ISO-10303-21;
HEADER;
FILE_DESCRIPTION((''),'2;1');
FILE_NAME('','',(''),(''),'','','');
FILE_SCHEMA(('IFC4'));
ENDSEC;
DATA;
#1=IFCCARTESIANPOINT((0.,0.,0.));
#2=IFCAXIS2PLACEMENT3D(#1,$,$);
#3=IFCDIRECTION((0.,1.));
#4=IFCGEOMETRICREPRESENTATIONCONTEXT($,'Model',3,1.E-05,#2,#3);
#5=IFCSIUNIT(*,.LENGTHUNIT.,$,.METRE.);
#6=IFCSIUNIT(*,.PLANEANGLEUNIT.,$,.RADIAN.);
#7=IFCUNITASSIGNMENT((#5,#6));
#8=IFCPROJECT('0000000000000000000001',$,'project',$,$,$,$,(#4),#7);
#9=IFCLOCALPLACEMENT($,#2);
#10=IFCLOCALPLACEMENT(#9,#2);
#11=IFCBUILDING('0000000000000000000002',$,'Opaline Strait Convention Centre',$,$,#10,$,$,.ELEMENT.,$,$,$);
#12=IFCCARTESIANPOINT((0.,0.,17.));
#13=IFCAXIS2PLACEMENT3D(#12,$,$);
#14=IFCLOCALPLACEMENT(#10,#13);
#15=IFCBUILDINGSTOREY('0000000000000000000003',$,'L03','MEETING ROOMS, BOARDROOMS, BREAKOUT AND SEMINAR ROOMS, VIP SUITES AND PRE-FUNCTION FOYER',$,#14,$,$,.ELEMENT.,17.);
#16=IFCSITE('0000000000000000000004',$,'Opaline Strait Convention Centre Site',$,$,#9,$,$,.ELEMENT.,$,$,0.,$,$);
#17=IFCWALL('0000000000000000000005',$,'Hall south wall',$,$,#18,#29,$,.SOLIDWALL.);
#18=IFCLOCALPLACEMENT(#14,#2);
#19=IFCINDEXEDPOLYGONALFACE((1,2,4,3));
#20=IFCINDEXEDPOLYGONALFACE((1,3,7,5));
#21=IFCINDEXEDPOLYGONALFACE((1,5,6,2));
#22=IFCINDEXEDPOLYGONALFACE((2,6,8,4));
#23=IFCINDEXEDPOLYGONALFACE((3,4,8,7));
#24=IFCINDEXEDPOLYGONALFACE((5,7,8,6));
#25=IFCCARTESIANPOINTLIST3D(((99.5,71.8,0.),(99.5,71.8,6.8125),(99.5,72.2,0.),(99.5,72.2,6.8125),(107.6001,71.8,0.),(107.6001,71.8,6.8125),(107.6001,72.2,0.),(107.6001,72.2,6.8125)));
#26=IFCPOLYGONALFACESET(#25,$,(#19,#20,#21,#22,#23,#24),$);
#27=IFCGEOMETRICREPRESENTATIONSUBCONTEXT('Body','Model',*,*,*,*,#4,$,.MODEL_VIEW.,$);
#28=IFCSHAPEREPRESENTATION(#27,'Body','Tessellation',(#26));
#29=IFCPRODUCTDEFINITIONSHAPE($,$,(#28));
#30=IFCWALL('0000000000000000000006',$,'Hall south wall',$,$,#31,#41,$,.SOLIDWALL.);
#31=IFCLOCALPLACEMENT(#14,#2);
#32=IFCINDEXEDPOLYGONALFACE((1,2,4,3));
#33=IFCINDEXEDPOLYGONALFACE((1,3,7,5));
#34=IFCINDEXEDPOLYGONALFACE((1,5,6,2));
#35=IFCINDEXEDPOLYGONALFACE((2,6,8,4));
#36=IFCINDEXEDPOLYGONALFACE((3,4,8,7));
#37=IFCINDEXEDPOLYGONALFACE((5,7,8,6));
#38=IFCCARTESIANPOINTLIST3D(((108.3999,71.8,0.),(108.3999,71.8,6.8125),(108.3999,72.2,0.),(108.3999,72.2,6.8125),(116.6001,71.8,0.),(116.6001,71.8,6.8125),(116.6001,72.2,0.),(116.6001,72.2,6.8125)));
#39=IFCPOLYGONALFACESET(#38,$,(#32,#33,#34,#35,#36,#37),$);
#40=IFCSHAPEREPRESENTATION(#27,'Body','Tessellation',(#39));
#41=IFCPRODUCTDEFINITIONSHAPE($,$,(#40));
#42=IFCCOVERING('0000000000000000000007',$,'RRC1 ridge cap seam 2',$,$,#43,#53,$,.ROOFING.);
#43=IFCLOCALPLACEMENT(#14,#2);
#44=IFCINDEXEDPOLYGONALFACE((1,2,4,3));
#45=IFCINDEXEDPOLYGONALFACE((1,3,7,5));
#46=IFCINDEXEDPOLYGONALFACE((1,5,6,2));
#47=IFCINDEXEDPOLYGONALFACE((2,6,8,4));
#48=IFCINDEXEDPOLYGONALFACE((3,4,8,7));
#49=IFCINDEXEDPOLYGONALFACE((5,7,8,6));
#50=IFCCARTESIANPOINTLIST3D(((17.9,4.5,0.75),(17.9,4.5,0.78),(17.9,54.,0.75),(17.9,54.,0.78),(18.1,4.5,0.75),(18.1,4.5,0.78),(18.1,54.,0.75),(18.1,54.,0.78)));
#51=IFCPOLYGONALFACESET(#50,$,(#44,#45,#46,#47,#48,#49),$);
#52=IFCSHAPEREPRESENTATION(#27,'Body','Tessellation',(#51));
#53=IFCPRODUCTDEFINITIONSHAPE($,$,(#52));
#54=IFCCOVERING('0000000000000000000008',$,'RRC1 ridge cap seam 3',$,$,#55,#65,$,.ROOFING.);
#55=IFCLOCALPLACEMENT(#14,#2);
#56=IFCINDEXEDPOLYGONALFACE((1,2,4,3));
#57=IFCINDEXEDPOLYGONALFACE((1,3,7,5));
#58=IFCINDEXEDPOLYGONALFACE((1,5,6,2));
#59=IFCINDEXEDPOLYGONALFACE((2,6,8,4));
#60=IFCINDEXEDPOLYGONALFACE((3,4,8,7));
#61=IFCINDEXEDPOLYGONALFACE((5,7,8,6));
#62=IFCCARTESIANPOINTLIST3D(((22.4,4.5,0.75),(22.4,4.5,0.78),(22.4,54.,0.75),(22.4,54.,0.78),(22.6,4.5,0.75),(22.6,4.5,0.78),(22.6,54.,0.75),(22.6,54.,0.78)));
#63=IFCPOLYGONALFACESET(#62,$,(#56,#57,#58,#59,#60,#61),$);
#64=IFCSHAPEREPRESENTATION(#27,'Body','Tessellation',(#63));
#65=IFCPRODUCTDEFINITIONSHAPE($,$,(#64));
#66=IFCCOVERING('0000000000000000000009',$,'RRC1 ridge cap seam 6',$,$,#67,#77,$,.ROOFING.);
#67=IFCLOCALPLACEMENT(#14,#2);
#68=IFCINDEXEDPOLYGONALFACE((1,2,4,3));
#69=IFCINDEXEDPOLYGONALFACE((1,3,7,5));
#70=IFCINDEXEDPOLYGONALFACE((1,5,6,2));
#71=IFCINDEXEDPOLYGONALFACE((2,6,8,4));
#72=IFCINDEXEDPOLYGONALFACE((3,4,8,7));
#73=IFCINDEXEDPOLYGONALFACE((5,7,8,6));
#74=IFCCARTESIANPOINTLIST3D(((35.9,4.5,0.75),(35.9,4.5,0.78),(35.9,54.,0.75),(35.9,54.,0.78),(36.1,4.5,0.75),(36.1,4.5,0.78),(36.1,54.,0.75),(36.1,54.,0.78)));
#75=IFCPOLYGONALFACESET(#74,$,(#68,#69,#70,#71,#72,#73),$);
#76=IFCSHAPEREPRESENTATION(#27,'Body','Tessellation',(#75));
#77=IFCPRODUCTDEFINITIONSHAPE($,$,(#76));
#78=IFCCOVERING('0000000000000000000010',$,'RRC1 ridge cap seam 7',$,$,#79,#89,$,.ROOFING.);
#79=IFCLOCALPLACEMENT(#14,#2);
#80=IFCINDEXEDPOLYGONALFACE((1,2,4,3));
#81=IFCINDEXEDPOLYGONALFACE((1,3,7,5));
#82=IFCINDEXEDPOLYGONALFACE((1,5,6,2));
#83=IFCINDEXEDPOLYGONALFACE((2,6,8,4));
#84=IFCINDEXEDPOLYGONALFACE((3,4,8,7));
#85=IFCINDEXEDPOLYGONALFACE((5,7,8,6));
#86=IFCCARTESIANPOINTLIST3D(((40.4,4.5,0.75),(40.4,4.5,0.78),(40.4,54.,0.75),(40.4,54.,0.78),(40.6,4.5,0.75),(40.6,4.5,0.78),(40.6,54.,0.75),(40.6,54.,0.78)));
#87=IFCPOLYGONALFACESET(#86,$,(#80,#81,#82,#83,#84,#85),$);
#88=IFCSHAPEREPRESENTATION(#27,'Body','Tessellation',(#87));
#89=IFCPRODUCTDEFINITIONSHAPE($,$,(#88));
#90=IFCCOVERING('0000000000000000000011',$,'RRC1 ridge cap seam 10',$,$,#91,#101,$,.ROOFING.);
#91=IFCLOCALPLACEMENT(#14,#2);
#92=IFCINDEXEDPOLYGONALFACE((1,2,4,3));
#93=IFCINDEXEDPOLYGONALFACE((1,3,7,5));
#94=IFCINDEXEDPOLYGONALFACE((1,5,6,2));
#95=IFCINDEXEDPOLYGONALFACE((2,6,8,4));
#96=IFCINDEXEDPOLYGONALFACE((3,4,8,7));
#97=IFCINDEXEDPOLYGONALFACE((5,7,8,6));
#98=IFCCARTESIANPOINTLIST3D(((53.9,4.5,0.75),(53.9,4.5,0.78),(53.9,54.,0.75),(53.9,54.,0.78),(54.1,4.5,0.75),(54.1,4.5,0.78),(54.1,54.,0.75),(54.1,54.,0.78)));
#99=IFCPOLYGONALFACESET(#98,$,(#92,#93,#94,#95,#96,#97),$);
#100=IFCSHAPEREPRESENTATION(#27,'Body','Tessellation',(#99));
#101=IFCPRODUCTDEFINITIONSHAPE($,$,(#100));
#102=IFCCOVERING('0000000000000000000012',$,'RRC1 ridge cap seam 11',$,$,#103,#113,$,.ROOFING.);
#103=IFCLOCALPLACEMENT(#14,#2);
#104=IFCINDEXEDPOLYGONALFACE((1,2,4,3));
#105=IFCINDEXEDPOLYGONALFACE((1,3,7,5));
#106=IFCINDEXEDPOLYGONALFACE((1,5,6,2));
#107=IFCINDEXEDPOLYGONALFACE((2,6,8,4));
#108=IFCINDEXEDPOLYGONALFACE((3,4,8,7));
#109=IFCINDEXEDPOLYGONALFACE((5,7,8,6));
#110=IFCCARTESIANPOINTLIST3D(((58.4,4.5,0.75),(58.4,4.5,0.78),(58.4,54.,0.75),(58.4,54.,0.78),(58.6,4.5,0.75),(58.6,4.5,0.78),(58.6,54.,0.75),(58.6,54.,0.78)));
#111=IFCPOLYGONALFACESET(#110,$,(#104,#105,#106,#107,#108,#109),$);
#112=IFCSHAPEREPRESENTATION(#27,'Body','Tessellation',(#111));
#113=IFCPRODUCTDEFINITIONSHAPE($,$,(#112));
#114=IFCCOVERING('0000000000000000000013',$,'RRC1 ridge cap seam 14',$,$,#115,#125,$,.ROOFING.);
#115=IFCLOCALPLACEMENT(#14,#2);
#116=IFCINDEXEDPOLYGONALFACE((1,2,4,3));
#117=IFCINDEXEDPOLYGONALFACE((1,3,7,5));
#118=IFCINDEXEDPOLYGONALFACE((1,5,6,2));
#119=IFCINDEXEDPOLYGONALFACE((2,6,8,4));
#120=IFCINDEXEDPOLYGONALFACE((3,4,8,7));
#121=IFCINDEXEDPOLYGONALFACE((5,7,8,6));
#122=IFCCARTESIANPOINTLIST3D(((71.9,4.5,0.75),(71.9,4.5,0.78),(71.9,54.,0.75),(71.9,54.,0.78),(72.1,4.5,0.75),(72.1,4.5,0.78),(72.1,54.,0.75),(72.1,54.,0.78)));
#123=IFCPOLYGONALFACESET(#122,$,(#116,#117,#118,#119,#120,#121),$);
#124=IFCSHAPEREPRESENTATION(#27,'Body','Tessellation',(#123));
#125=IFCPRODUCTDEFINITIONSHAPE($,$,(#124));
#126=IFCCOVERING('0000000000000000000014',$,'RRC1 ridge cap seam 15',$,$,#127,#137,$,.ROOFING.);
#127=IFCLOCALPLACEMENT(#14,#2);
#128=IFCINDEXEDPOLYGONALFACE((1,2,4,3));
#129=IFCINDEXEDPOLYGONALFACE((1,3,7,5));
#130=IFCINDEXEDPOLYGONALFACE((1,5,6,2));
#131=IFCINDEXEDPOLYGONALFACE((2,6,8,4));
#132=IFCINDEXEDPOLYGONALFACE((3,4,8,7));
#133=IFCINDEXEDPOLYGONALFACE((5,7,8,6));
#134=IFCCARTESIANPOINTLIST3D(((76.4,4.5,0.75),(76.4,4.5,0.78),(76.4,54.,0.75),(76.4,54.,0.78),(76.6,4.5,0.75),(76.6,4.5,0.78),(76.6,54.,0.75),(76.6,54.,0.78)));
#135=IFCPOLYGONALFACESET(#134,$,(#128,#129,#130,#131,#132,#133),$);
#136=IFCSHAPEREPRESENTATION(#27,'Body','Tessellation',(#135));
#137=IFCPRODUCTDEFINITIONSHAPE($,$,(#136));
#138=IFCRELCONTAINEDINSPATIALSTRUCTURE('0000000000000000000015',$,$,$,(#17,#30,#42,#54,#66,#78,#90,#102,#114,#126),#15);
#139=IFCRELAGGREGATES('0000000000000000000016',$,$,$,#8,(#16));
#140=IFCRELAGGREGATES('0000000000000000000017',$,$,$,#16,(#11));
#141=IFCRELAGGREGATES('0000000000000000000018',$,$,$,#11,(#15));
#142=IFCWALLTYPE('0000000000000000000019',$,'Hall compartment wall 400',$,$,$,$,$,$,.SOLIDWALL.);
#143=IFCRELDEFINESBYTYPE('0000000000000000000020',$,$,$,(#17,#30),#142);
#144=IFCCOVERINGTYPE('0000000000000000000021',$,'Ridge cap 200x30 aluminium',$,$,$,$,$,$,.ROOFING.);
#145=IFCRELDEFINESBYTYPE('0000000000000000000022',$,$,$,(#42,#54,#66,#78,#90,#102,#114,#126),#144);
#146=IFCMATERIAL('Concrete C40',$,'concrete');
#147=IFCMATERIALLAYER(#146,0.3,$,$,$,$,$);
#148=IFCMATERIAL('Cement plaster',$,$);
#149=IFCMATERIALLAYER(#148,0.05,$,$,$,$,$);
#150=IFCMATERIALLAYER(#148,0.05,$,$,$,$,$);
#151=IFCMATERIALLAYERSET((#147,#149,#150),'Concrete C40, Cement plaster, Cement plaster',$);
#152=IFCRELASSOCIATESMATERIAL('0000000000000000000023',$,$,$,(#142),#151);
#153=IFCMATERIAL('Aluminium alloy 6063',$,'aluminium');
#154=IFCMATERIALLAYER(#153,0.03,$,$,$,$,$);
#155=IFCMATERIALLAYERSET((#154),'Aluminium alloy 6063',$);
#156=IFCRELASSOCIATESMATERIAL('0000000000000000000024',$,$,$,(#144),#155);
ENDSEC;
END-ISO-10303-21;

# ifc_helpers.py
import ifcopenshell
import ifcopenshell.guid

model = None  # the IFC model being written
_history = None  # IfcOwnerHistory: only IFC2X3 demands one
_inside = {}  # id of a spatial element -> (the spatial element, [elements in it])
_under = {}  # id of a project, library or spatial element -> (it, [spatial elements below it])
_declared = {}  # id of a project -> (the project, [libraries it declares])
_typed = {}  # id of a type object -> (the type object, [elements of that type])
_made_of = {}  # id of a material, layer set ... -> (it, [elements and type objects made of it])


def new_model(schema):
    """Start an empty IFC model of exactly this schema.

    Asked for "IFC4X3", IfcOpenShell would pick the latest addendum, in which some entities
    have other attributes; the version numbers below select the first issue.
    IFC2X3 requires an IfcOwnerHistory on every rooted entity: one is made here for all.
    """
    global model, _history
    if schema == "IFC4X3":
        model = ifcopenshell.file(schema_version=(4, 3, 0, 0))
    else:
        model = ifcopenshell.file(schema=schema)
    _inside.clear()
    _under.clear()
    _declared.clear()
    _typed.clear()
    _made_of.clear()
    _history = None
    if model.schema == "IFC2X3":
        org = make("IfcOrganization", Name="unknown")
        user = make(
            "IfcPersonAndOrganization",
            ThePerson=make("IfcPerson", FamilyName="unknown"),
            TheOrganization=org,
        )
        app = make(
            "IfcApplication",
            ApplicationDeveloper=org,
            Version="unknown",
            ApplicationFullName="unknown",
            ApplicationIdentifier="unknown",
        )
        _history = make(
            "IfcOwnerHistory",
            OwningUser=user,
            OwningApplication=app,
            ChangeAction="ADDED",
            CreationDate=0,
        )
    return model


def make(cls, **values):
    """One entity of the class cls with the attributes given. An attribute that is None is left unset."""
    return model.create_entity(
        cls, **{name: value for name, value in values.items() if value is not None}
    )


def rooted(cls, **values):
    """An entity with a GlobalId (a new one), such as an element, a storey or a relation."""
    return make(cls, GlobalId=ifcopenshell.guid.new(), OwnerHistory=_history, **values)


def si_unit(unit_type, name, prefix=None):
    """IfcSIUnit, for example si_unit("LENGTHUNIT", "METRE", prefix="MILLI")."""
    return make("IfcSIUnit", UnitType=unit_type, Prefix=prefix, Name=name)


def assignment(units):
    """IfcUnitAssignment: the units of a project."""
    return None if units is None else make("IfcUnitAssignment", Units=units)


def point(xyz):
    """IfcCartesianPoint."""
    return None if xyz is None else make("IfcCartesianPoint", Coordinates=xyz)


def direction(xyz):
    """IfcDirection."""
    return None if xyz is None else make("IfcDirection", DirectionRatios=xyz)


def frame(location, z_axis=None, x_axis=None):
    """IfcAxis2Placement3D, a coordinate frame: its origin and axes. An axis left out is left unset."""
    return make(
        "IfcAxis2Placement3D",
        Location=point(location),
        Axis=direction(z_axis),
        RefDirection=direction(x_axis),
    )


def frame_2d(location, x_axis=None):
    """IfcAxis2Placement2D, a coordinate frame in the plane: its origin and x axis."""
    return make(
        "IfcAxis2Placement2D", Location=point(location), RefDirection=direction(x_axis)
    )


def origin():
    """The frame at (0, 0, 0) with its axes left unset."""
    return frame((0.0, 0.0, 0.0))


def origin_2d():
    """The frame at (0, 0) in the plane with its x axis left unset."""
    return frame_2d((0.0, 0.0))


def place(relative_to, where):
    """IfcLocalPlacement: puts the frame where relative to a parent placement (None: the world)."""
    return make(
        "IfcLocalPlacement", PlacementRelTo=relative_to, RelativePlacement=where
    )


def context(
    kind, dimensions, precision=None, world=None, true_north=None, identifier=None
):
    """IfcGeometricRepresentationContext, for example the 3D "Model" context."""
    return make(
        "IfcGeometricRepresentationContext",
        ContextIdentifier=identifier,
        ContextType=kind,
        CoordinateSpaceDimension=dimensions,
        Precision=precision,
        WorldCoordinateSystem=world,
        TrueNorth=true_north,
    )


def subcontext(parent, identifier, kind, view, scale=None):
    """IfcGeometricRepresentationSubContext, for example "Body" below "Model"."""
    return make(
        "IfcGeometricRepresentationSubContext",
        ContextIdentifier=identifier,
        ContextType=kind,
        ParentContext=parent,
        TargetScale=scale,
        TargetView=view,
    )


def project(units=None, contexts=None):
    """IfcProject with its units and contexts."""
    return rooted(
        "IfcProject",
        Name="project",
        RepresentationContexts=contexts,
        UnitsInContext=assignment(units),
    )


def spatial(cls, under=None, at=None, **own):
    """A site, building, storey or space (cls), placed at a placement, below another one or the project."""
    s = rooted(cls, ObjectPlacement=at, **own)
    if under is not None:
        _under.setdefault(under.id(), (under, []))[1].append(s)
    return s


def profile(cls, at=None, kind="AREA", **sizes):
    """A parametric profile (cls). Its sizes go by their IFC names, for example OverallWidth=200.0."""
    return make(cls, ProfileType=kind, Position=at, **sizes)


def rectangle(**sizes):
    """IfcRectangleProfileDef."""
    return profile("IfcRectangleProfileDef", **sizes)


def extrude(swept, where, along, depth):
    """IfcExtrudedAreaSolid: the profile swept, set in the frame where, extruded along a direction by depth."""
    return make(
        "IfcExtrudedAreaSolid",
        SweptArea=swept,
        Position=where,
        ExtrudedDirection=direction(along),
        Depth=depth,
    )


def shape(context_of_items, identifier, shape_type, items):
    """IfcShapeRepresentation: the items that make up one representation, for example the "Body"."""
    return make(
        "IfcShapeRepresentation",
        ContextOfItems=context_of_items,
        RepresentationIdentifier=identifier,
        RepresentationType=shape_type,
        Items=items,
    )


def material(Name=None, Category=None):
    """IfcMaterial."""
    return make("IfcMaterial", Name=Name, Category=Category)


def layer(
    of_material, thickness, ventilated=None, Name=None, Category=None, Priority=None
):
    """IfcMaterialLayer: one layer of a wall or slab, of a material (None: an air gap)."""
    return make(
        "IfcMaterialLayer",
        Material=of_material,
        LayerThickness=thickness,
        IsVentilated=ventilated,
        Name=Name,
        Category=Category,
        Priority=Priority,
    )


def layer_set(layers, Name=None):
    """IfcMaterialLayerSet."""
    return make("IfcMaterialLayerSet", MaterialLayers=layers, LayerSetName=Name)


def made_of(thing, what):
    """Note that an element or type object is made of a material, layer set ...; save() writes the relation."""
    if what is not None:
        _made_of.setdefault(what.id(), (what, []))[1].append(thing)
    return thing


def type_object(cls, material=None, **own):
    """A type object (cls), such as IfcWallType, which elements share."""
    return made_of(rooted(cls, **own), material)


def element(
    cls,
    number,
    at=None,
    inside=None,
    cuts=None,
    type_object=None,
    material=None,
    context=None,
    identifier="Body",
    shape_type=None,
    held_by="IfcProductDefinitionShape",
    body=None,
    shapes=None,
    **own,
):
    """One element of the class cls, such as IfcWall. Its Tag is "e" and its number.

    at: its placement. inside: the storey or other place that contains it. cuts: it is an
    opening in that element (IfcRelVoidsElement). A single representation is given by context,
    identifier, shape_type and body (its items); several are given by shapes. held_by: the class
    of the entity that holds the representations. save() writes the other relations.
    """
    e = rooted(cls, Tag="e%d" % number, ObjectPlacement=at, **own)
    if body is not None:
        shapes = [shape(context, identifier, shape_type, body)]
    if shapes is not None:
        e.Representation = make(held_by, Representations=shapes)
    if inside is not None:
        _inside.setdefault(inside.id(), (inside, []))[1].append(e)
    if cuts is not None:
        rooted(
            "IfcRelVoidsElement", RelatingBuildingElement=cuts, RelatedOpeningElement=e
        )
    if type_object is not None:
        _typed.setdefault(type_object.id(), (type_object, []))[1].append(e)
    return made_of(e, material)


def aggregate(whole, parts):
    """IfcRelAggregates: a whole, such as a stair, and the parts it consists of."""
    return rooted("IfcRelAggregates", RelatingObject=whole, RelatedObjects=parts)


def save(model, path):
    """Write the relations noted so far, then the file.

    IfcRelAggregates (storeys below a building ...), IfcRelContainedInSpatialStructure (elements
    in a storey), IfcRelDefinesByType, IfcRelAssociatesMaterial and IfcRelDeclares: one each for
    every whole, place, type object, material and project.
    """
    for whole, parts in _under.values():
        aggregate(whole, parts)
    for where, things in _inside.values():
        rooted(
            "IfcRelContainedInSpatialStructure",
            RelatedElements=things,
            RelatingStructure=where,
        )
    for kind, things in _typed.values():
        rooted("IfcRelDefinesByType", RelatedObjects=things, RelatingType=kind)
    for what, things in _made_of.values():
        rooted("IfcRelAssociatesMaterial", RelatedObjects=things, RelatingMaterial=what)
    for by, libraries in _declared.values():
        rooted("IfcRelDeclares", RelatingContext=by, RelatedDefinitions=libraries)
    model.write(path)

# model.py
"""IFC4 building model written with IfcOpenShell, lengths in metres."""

from ifc_helpers import new_model, si_unit, direction, frame, frame_2d, origin, origin_2d, place, context, subcontext, project, spatial, rectangle, extrude, material, layer, layer_set, type_object, element, save


model = new_model("IFC4")

# Units and contexts
model_context = context("Model", 3, precision=1e-05, world=origin(), true_north=direction((0.0, 1.0)))
body_context = subcontext(model_context, "Body", "Model", "MODEL_VIEW")
ifc_project = project(units=[si_unit("LENGTHUNIT", "METRE"), si_unit("PLANEANGLEUNIT", "RADIAN")], contexts=[model_context])

# Site, building, storey
site_placement = place(None, origin())
site = spatial("IfcSite", under=ifc_project, at=site_placement, Name="Opaline Strait Convention Centre Site", CompositionType="ELEMENT", RefElevation=0.0)
building_placement = place(site_placement, origin())
building = spatial("IfcBuilding", under=site, at=building_placement, Name="Opaline Strait Convention Centre", CompositionType="ELEMENT")
storey_placement = place(building_placement, frame((0.0, 0.0, 17.0)))
storey = spatial("IfcBuildingStorey", under=building, at=storey_placement, Name="L03", Description="MEETING ROOMS, BOARDROOMS, BREAKOUT AND SEMINAR ROOMS, VIP SUITES AND PRE-FUNCTION FOYER", CompositionType="ELEMENT", Elevation=17.0)

# Walls
ifc_material_1 = material(Name="Concrete C40", Category="concrete")
ifc_layer_1 = layer(ifc_material_1, 0.3)
ifc_material_2 = material(Name="Cement plaster")
ifc_layer_2 = layer(ifc_material_2, 0.05)
ifc_layer_3 = layer(ifc_material_2, 0.05)
ifc_layer_set_1 = layer_set([ifc_layer_1, ifc_layer_2, ifc_layer_3], Name="Concrete C40, Cement plaster, Cement plaster")
wall_type_1 = type_object("IfcWallType", Name="Hall compartment wall 400", PredefinedType="SOLIDWALL", material=ifc_layer_set_1)
wall_1_placement = place(storey_placement, frame((99.5, 72.0, 0.0), z_axis=(0.0, 0.0, 1.0), x_axis=(1.0, 0.0, 0.0)))
element("IfcWall", 1, at=wall_1_placement, inside=storey, type_object=wall_type_1, Name="Hall south wall", PredefinedType="SOLIDWALL", context=body_context, shape_type="SweptSolid", body=[
    extrude(rectangle(XDim=8.1001, YDim=0.3999, at=frame_2d((4.05, 0.0))), origin(), (0.0, 0.0, 1.0), 6.8125),
])
wall_2_placement = place(storey_placement, frame((108.3999, 72.0, 0.0), z_axis=(0.0, 0.0, 1.0), x_axis=(1.0, 0.0, 0.0)))
element("IfcWall", 2, at=wall_2_placement, inside=storey, type_object=wall_type_1, Name="Hall south wall", PredefinedType="SOLIDWALL", context=body_context, shape_type="SweptSolid", body=[
    extrude(rectangle(XDim=8.2002, YDim=0.3999, at=frame_2d((4.1001, 0.0))), origin(), (0.0, 0.0, 1.0), 6.8125),
])

# Coverings
ifc_material_3 = material(Name="Aluminium alloy 6063", Category="aluminium")
ifc_layer_4 = layer(ifc_material_3, 0.03)
ifc_layer_set_2 = layer_set([ifc_layer_4], Name="Aluminium alloy 6063")
covering_type = type_object("IfcCoveringType", Name="Ridge cap 200x30 aluminium", PredefinedType="ROOFING", material=ifc_layer_set_2)
for number, where, z_axis, x_axis, name in (
    (3, (18.0, 29.25, 0.75), (0.0, 0.0, 1.0), (1.0, 0.0, 0.0), "RRC1 ridge cap seam 2"),
    (4, (22.5, 29.25, 0.75), (0.0, 0.0, 1.0), (1.0, 0.0, 0.0), "RRC1 ridge cap seam 3"),
    (5, (36.0, 29.25, 0.75), (0.0, 0.0, 1.0), (1.0, 0.0, 0.0), "RRC1 ridge cap seam 6"),
    (6, (40.5, 29.25, 0.75), (0.0, 0.0, 1.0), (1.0, 0.0, 0.0), "RRC1 ridge cap seam 7"),
    (7, (54.0, 29.25, 0.75), (0.0, 0.0, 1.0), (1.0, 0.0, 0.0), "RRC1 ridge cap seam 10"),
    (8, (58.5, 29.25, 0.75), (0.0, 0.0, 1.0), (1.0, 0.0, 0.0), "RRC1 ridge cap seam 11"),
    (9, (72.0, 29.25, 0.75), (0.0, 0.0, 1.0), (1.0, 0.0, 0.0), "RRC1 ridge cap seam 14"),
    (10, (76.5, 29.25, 0.75), (0.0, 0.0, 1.0), (1.0, 0.0, 0.0), "RRC1 ridge cap seam 15"),
):
    element("IfcCovering", number, at=place(storey_placement, frame(where, z_axis=z_axis, x_axis=x_axis)), inside=storey, type_object=covering_type, Name=name, PredefinedType="ROOFING", context=body_context, shape_type="SweptSolid", body=[
        extrude(rectangle(XDim=0.2, YDim=49.5, at=origin_2d()), origin(), (0.0, 0.0, 1.0), 0.03),
    ])

save(model, "model.ifc")
